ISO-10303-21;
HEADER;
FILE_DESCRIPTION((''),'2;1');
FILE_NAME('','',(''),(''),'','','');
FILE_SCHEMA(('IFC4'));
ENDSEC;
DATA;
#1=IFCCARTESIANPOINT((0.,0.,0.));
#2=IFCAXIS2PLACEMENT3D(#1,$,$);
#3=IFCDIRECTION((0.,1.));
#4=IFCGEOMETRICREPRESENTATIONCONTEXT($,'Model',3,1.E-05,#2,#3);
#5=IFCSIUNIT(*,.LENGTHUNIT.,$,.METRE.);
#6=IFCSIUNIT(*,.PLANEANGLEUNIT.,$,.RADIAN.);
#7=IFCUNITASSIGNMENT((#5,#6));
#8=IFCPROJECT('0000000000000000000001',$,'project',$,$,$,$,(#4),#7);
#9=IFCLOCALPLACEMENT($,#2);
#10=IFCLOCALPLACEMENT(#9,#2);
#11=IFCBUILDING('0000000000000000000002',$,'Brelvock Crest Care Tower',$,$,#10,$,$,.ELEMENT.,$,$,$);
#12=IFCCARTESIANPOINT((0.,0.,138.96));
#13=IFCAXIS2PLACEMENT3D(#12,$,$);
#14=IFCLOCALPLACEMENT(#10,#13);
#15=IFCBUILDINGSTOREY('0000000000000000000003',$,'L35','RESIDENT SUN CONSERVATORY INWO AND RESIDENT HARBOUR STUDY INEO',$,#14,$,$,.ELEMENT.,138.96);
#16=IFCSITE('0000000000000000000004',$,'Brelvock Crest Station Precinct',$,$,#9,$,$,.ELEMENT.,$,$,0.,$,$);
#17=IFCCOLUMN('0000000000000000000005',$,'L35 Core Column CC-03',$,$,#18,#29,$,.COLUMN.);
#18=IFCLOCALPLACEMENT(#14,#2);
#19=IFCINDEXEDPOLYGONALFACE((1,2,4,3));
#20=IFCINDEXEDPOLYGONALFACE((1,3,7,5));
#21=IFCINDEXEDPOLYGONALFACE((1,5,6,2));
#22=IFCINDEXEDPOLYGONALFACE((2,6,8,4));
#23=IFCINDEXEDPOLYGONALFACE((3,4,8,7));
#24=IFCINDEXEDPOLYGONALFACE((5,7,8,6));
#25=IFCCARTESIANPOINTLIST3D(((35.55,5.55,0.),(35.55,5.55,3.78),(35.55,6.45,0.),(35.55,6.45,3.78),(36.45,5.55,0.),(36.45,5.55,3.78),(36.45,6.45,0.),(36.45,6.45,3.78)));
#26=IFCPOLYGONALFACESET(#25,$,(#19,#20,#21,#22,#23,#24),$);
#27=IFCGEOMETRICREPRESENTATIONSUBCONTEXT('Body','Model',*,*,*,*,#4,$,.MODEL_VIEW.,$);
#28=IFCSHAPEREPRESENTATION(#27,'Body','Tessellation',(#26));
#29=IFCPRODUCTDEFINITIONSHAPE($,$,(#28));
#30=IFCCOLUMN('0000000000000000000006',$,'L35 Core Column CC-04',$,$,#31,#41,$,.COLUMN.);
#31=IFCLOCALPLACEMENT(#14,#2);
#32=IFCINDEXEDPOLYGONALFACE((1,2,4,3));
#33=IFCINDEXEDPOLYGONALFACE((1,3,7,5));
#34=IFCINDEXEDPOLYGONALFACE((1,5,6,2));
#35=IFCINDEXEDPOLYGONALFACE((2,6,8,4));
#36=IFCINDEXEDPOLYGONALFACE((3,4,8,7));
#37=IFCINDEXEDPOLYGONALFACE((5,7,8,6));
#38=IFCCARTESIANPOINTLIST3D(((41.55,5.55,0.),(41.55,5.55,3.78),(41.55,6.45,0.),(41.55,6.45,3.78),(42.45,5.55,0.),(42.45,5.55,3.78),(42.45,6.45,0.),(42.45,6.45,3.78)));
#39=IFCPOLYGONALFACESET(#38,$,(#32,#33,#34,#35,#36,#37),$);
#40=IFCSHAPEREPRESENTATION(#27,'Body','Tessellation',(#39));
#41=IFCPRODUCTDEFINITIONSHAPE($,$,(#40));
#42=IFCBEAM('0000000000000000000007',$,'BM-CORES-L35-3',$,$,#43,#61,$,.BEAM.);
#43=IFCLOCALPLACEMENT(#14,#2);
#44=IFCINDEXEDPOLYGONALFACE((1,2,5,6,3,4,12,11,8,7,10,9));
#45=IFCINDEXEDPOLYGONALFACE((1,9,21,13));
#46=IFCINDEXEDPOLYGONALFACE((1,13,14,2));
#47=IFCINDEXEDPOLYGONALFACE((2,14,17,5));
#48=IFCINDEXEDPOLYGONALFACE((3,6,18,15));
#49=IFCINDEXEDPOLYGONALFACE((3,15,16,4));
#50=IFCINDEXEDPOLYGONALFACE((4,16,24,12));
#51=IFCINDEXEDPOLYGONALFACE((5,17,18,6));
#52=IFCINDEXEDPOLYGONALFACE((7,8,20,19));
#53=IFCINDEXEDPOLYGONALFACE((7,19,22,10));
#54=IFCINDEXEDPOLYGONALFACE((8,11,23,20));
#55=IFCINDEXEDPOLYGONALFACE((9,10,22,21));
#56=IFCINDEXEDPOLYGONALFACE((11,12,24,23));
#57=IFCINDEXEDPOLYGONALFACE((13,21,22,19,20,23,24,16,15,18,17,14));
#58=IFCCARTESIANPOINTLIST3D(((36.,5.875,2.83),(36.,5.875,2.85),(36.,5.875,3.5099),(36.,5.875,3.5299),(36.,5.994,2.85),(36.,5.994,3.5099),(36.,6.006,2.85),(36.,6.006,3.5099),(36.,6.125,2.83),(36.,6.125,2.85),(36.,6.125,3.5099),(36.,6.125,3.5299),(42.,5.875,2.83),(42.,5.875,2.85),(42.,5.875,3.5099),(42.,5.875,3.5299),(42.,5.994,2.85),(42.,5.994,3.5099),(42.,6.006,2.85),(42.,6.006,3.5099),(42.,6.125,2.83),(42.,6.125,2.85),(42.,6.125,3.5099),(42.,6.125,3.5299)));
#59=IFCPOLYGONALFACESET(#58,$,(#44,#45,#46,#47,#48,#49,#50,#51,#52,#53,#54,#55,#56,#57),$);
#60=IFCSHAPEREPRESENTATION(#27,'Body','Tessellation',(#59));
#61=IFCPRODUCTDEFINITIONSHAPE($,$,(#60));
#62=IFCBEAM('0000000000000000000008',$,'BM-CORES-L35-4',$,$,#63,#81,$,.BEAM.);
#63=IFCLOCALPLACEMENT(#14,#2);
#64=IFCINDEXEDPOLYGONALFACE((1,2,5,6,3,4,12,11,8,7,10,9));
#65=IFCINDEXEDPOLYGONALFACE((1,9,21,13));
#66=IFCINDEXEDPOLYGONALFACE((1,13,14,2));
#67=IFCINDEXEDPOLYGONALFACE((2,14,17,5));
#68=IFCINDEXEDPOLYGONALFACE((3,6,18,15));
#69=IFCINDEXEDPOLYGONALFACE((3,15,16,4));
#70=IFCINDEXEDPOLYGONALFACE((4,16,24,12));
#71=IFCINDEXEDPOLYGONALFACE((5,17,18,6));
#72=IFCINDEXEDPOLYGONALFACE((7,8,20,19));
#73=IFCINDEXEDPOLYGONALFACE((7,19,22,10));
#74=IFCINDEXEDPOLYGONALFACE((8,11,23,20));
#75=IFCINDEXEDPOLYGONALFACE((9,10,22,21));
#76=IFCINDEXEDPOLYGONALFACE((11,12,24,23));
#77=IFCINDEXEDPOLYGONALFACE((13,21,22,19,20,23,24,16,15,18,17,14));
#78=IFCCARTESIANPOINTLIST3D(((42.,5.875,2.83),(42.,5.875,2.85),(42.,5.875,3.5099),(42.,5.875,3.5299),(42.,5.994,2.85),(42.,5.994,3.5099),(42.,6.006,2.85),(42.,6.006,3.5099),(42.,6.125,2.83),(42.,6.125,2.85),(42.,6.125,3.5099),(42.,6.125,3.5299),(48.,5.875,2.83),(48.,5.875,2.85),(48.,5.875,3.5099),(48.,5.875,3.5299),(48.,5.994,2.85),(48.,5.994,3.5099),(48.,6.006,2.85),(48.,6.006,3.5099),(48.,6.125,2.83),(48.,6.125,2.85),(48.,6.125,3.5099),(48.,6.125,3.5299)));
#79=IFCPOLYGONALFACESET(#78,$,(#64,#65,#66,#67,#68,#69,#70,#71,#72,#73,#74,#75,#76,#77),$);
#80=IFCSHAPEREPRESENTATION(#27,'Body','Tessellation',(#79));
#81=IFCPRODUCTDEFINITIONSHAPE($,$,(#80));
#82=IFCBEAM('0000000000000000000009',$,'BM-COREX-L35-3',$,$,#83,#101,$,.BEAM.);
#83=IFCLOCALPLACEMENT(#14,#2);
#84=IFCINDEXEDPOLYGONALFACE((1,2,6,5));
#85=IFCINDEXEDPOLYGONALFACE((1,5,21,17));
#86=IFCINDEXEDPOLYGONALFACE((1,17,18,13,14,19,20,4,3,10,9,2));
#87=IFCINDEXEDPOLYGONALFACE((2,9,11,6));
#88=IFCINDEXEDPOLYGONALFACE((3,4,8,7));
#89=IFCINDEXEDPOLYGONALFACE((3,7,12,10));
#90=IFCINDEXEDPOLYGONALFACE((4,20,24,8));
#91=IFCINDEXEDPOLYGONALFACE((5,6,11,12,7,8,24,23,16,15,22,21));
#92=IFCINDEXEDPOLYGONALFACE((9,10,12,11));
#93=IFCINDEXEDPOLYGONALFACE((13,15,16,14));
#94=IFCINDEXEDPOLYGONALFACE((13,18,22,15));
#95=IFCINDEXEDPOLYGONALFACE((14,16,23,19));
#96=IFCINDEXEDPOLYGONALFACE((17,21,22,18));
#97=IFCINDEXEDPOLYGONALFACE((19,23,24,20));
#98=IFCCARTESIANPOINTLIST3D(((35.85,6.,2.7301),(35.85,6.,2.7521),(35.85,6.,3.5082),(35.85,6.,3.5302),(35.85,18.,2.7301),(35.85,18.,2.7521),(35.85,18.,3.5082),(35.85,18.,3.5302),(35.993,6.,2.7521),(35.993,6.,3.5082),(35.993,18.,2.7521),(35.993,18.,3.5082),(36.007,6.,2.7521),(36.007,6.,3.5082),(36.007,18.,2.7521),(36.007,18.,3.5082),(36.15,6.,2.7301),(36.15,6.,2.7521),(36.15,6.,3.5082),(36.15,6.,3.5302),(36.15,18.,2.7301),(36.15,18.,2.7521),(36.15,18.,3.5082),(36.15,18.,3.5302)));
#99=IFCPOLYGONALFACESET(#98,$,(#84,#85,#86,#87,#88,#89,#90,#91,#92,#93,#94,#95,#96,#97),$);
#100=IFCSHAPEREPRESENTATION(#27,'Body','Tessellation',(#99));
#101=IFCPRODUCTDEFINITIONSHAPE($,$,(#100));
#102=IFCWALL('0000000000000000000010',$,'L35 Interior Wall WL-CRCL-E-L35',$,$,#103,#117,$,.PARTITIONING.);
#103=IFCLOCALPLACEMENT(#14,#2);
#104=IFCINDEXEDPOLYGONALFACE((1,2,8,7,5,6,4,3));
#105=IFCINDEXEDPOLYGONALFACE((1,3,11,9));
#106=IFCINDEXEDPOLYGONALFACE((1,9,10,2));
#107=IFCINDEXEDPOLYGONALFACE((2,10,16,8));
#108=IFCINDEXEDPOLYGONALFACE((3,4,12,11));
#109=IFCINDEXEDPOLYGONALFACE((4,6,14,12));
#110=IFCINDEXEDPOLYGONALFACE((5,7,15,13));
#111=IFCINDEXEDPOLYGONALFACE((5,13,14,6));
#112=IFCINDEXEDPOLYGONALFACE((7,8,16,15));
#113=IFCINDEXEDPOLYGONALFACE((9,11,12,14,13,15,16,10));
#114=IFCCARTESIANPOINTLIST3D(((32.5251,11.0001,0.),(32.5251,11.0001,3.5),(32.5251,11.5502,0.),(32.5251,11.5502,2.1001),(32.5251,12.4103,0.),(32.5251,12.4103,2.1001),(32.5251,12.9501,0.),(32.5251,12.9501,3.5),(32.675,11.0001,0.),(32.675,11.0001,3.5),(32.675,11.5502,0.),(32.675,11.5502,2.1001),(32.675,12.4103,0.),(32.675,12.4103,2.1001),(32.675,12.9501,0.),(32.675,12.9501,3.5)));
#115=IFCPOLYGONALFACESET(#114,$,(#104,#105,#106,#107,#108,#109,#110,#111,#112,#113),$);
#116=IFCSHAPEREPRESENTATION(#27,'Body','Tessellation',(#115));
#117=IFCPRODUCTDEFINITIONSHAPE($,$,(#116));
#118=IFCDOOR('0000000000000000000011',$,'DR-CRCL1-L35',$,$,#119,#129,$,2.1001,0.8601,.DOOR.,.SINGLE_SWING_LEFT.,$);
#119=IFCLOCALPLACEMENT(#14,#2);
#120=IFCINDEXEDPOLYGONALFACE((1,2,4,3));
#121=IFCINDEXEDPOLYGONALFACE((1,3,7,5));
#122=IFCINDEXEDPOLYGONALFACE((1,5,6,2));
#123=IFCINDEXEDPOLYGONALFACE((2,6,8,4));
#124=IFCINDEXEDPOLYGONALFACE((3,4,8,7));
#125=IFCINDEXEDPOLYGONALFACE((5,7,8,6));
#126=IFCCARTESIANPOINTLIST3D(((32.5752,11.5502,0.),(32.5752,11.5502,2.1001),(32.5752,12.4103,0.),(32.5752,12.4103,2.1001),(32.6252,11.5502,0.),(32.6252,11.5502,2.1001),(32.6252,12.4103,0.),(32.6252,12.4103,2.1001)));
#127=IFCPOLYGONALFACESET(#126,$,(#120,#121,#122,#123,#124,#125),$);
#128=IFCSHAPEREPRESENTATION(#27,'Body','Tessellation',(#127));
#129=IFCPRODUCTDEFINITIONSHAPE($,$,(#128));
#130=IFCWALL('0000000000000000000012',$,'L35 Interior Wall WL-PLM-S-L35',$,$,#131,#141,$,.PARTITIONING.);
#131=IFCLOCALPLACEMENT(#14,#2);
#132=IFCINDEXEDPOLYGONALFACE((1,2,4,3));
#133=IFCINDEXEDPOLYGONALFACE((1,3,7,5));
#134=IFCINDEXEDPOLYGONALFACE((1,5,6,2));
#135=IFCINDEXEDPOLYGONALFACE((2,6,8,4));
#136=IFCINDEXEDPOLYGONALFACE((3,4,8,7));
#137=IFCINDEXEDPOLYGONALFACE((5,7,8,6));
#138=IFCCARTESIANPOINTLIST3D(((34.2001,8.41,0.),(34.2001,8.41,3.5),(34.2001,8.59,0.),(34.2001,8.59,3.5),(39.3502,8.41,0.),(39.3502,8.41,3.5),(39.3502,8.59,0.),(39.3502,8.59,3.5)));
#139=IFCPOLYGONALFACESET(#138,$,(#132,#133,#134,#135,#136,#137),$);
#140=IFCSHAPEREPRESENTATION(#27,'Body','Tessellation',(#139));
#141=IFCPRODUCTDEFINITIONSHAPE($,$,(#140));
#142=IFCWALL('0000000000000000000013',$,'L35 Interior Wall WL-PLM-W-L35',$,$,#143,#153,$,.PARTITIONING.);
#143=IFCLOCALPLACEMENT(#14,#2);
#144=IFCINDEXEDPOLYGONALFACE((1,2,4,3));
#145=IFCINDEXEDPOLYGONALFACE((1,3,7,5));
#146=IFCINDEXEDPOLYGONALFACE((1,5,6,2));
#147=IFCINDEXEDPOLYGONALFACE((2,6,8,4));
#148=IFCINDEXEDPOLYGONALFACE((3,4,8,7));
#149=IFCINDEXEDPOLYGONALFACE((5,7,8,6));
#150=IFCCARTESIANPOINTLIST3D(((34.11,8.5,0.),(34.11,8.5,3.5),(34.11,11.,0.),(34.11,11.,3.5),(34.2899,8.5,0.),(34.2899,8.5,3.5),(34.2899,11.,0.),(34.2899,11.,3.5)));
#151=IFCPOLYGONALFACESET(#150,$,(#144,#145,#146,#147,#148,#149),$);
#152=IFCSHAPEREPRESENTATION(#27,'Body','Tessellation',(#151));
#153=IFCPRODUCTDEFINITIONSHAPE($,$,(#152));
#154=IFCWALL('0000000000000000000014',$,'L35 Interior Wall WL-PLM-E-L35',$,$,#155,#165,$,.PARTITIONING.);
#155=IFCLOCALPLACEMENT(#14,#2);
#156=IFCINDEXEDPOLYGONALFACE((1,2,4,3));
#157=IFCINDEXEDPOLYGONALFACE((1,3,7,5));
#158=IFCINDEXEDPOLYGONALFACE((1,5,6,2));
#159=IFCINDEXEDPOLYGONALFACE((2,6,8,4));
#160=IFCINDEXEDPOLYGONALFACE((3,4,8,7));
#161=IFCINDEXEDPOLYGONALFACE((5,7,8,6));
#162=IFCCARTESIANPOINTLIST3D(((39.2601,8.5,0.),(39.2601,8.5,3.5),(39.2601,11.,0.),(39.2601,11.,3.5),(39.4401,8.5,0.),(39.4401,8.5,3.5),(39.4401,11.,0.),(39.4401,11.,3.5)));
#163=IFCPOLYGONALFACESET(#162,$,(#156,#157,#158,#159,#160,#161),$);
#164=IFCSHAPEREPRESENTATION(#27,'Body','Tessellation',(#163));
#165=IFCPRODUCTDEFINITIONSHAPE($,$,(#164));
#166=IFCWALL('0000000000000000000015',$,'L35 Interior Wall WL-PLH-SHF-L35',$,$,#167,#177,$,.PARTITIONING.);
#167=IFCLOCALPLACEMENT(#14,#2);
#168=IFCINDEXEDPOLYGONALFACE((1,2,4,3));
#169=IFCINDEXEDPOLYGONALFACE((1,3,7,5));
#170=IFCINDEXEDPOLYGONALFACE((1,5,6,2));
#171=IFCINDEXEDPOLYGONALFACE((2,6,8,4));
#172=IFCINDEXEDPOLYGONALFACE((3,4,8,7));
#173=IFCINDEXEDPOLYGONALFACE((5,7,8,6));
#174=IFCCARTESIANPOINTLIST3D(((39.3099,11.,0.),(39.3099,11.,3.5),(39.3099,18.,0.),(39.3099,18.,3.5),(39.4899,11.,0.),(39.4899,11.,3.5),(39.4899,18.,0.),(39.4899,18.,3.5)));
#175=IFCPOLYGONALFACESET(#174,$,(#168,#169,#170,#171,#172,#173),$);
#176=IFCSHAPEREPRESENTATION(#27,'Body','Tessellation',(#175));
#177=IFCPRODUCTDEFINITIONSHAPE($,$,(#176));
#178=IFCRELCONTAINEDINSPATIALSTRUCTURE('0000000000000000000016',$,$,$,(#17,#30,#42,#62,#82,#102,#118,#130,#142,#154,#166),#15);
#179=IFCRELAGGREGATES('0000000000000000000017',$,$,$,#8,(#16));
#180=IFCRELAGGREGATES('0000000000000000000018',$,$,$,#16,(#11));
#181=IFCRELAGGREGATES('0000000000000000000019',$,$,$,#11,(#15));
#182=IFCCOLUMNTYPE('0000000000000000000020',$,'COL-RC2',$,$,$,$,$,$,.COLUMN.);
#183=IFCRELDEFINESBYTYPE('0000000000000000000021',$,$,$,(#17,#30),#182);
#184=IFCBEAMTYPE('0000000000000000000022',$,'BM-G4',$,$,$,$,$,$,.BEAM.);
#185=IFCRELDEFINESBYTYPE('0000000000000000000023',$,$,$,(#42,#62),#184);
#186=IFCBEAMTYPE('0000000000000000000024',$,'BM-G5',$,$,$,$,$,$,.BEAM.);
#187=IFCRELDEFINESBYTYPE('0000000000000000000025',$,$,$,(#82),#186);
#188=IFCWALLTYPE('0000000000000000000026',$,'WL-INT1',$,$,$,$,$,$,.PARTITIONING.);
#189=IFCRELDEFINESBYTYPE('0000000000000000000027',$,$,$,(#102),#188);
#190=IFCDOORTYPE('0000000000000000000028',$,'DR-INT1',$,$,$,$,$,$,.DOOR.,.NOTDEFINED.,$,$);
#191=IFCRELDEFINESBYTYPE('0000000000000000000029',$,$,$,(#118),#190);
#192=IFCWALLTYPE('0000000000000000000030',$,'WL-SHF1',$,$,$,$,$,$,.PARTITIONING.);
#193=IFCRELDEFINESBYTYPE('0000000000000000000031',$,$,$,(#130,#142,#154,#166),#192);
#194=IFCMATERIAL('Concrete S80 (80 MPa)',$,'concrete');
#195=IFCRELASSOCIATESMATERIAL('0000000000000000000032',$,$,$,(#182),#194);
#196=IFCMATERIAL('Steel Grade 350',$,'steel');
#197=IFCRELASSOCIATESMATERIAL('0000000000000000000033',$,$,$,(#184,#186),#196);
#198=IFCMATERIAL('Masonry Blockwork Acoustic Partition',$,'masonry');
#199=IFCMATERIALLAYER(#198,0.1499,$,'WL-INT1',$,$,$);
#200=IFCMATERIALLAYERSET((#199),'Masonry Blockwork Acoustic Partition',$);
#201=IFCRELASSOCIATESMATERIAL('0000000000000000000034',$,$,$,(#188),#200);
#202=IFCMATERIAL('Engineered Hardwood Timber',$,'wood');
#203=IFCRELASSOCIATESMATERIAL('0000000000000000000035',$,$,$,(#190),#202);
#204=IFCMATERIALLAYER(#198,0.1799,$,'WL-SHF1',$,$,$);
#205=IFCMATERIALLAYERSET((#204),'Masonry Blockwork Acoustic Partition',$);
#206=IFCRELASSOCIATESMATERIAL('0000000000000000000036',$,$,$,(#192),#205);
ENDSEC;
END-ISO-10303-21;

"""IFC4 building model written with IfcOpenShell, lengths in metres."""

from ifc_helpers import new_model, si_unit, direction, frame, frame_2d, origin, origin_2d, place, context, subcontext, project, spatial, rectangle, i_section, extrude, source, transform, mapped, material, layer, layer_set, material_profile, profile_set, type_object, element, fill, save


model = new_model("IFC4")

# Units and contexts
model_context = context("Model", 3, precision=1e-05, world=origin(), true_north=direction((0.0, 1.0)))
body_context = subcontext(model_context, "Body", "Model", "MODEL_VIEW")
ifc_project = project(units=[si_unit("LENGTHUNIT", "METRE"), si_unit("PLANEANGLEUNIT", "RADIAN")], contexts=[model_context])

# Site, building, storey
site_placement = place(None, origin())
site = spatial("IfcSite", under=ifc_project, at=site_placement, Name="Brelvock Crest Station Precinct", CompositionType="ELEMENT", RefElevation=0.0)
building_placement = place(site_placement, origin())
building = spatial("IfcBuilding", under=site, at=building_placement, Name="Brelvock Crest Care Tower", CompositionType="ELEMENT")
storey_placement = place(building_placement, frame((0.0, 0.0, 138.96)))
storey = spatial("IfcBuildingStorey", under=building, at=storey_placement, Name="L35", Description="RESIDENT SUN CONSERVATORY INWO AND RESIDENT HARBOUR STUDY INEO", CompositionType="ELEMENT", Elevation=138.96)

# Columns
ifc_material_1 = material(Name="Concrete S80 (80 MPa)", Category="concrete")
ifc_material_profile_1 = material_profile(ifc_material_1, rectangle(XDim=0.8999, YDim=0.8999, at=origin_2d()), Name="RC900x900")
ifc_profile_set_1 = profile_set([ifc_material_profile_1], Name="Concrete S80 (80 MPa)")
column_type = type_object("IfcColumnType", Name="COL-RC2", PredefinedType="COLUMN", material=ifc_profile_set_1)
shared_shape_1 = source(origin(), body_context, "Body", "SweptSolid", [
    extrude(rectangle(XDim=0.8999, YDim=0.8999, at=origin_2d()), origin(), (0.0, 0.0, 1.0), 3.78),
])
for number, where, z_axis, x_axis, name in (
    (1, (36.0, 6.0, 0.0), (0.0, 0.0, 1.0), (1.0, 0.0, 0.0), "L35 Core Column CC-03"),
    (2, (42.0, 6.0, 0.0), (0.0, 0.0, 1.0), (1.0, 0.0, 0.0), "L35 Core Column CC-04"),
):
    element("IfcColumn", number, at=place(storey_placement, frame(where, z_axis=z_axis, x_axis=x_axis)), inside=storey, type_object=column_type, Name=name, PredefinedType="COLUMN", context=body_context, shape_type="MappedRepresentation", body=[
        mapped(shared_shape_1, transform((0.0, 0.0, 0.0), x_axis=(1.0, 0.0, 0.0), y_axis=(0.0, 1.0, 0.0), z_axis=(0.0, 0.0, 1.0), scale=1.0)),
    ])

# Beams
ifc_material_2 = material(Name="Steel Grade 350", Category="steel")
ifc_material_profile_2 = material_profile(ifc_material_2, i_section(OverallWidth=0.25, OverallDepth=0.7, WebThickness=0.012, FlangeThickness=0.02, at=origin_2d()), Name="700WB150")
ifc_profile_set_2 = profile_set([ifc_material_profile_2], Name="Steel Grade 350")
beam_type_1 = type_object("IfcBeamType", Name="BM-G4", PredefinedType="BEAM", material=ifc_profile_set_2)
shared_shape_2 = source(origin(), body_context, "Body", "SweptSolid", [
    extrude(i_section(OverallWidth=0.25, OverallDepth=0.7, WebThickness=0.012, FlangeThickness=0.02, at=origin_2d()), origin(), (0.0, 0.0, 1.0), 6.0),
])
for number, where, z_axis, x_axis, name in (
    (3, (36.0, 6.0, 3.1799), (1.0, 0.0, 0.0), (0.0, 1.0, 0.0), "BM-CORES-L35-3"),
    (4, (42.0, 6.0, 3.1799), (1.0, 0.0, 0.0), (0.0, 1.0, 0.0), "BM-CORES-L35-4"),
):
    element("IfcBeam", number, at=place(storey_placement, frame(where, z_axis=z_axis, x_axis=x_axis)), inside=storey, type_object=beam_type_1, Name=name, PredefinedType="BEAM", context=body_context, shape_type="MappedRepresentation", body=[
        mapped(shared_shape_2, transform((0.0, 0.0, 0.0), x_axis=(1.0, 0.0, 0.0), y_axis=(0.0, 1.0, 0.0), z_axis=(0.0, 0.0, 1.0), scale=1.0)),
    ])
ifc_material_profile_3 = material_profile(ifc_material_2, i_section(OverallWidth=0.3, OverallDepth=0.8, WebThickness=0.0139, FlangeThickness=0.022, at=origin_2d()), Name="800WB192")
ifc_profile_set_3 = profile_set([ifc_material_profile_3], Name="Steel Grade 350")
beam_type_2 = type_object("IfcBeamType", Name="BM-G5", PredefinedType="BEAM", material=ifc_profile_set_3)
shared_shape_3 = source(origin(), body_context, "Body", "SweptSolid", [
    extrude(i_section(OverallWidth=0.3, OverallDepth=0.8, WebThickness=0.0139, FlangeThickness=0.022, at=origin_2d()), origin(), (0.0, 0.0, 1.0), 12.0),
])
beam_placement = place(storey_placement, frame((36.0, 6.0, 3.1301), z_axis=(0.0, 1.0, 0.0), x_axis=(-1.0, 0.0, 0.0)))
element("IfcBeam", 5, at=beam_placement, inside=storey, type_object=beam_type_2, Name="BM-COREX-L35-3", PredefinedType="BEAM", context=body_context, shape_type="MappedRepresentation", body=[
    mapped(shared_shape_3, transform((0.0, 0.0, 0.0), x_axis=(1.0, 0.0, 0.0), y_axis=(0.0, 1.0, 0.0), z_axis=(0.0, 0.0, 1.0), scale=1.0)),
])

# Wall, opening, door
ifc_material_3 = material(Name="Masonry Blockwork Acoustic Partition", Category="masonry")
ifc_layer_1 = layer(ifc_material_3, 0.1499, Name="WL-INT1")
ifc_layer_set_1 = layer_set([ifc_layer_1], Name="Masonry Blockwork Acoustic Partition")
wall_type_1 = type_object("IfcWallType", Name="WL-INT1", PredefinedType="PARTITIONING", material=ifc_layer_set_1)
wall_1_placement = place(storey_placement, frame((32.6001, 11.0, 0.0), z_axis=(0.0, 0.0, 1.0), x_axis=(0.0, 1.0, 0.0)))
wall_1 = element("IfcWall", 6, at=wall_1_placement, inside=storey, type_object=wall_type_1, Name="L35 Interior Wall WL-CRCL-E-L35", PredefinedType="PARTITIONING", context=body_context, shape_type="SweptSolid", body=[
    extrude(rectangle(XDim=1.95, YDim=0.1499, at=frame_2d((0.9751, 0.0))), origin(), (0.0, 0.0, 1.0), 3.5),
])
opening_1_placement = place(wall_1_placement, frame((0.55, 0.0, 0.0)))
opening_1 = element("IfcOpeningElement", 7, at=opening_1_placement, cuts=wall_1, PredefinedType="OPENING", context=body_context, shape_type="SweptSolid", body=[
    extrude(rectangle(XDim=0.8601, YDim=2.1001, at=origin_2d()), frame((0.4302, 0.085, 1.05), z_axis=(0.0, -1.0, 0.0), x_axis=(1.0, 0.0, 0.0)), (0.0, 0.0, 1.0), 0.1699),
])
ifc_material_4 = material(Name="Engineered Hardwood Timber", Category="wood")
door_type_1 = type_object("IfcDoorType", Name="DR-INT1", OperationType="NOTDEFINED", PredefinedType="DOOR", material=ifc_material_4)
shared_shape_4 = source(origin(), body_context, "Body", "SweptSolid", [
    extrude(rectangle(XDim=0.8601, YDim=2.1001, at=origin_2d()), frame((0.4302, 0.0249, 1.05), z_axis=(0.0, -1.0, 0.0), x_axis=(1.0, 0.0, 0.0)), (0.0, 0.0, 1.0), 0.05),
])
door_1_placement = place(opening_1_placement, origin())
door_1 = element("IfcDoor", 8, at=door_1_placement, inside=storey, type_object=door_type_1, Name="DR-CRCL1-L35", OperationType="SINGLE_SWING_LEFT", OverallHeight=2.1001, OverallWidth=0.8601, PredefinedType="DOOR", context=body_context, shape_type="MappedRepresentation", body=[
    mapped(shared_shape_4, transform((0.0, 0.0, 0.0), x_axis=(1.0, 0.0, 0.0), y_axis=(0.0, 1.0, 0.0), z_axis=(0.0, 0.0, 1.0), scale=1.0)),
])
fill(opening_1, door_1)

# Walls
ifc_layer_2 = layer(ifc_material_3, 0.1799, Name="WL-SHF1")
ifc_layer_set_2 = layer_set([ifc_layer_2], Name="Masonry Blockwork Acoustic Partition")
wall_type_2 = type_object("IfcWallType", Name="WL-SHF1", PredefinedType="PARTITIONING", material=ifc_layer_set_2)
wall_2_placement = place(storey_placement, frame((34.2, 8.5, 0.0), z_axis=(0.0, 0.0, 1.0), x_axis=(1.0, 0.0, 0.0)))
element("IfcWall", 9, at=wall_2_placement, inside=storey, type_object=wall_type_2, Name="L35 Interior Wall WL-PLM-S-L35", PredefinedType="PARTITIONING", context=body_context, shape_type="SweptSolid", body=[
    extrude(rectangle(XDim=5.1501, YDim=0.1799, at=frame_2d((2.5752, 0.0))), origin(), (0.0, 0.0, 1.0), 3.5),
])
for number, where, z_axis, x_axis, name in (
    (10, (34.2, 8.5, 0.0), (0.0, 0.0, 1.0), (0.0, 1.0, 0.0), "L35 Interior Wall WL-PLM-W-L35"),
    (11, (39.3501, 8.5, 0.0), (0.0, 0.0, 1.0), (0.0, 1.0, 0.0), "L35 Interior Wall WL-PLM-E-L35"),
):
    element("IfcWall", number, at=place(storey_placement, frame(where, z_axis=z_axis, x_axis=x_axis)), inside=storey, type_object=wall_type_2, Name=name, PredefinedType="PARTITIONING", context=body_context, shape_type="SweptSolid", body=[
        extrude(rectangle(XDim=2.5, YDim=0.1799, at=frame_2d((1.25, 0.0))), origin(), (0.0, 0.0, 1.0), 3.5),
    ])
wall_3_placement = place(storey_placement, frame((39.3999, 11.0, 0.0), z_axis=(0.0, 0.0, 1.0), x_axis=(0.0, 1.0, 0.0)))
element("IfcWall", 12, at=wall_3_placement, inside=storey, type_object=wall_type_2, Name="L35 Interior Wall WL-PLH-SHF-L35", PredefinedType="PARTITIONING", context=body_context, shape_type="SweptSolid", body=[
    extrude(rectangle(XDim=7.0, YDim=0.1799, at=frame_2d((3.5, 0.0))), origin(), (0.0, 0.0, 1.0), 3.5),
])

save(model, "model.ifc")
